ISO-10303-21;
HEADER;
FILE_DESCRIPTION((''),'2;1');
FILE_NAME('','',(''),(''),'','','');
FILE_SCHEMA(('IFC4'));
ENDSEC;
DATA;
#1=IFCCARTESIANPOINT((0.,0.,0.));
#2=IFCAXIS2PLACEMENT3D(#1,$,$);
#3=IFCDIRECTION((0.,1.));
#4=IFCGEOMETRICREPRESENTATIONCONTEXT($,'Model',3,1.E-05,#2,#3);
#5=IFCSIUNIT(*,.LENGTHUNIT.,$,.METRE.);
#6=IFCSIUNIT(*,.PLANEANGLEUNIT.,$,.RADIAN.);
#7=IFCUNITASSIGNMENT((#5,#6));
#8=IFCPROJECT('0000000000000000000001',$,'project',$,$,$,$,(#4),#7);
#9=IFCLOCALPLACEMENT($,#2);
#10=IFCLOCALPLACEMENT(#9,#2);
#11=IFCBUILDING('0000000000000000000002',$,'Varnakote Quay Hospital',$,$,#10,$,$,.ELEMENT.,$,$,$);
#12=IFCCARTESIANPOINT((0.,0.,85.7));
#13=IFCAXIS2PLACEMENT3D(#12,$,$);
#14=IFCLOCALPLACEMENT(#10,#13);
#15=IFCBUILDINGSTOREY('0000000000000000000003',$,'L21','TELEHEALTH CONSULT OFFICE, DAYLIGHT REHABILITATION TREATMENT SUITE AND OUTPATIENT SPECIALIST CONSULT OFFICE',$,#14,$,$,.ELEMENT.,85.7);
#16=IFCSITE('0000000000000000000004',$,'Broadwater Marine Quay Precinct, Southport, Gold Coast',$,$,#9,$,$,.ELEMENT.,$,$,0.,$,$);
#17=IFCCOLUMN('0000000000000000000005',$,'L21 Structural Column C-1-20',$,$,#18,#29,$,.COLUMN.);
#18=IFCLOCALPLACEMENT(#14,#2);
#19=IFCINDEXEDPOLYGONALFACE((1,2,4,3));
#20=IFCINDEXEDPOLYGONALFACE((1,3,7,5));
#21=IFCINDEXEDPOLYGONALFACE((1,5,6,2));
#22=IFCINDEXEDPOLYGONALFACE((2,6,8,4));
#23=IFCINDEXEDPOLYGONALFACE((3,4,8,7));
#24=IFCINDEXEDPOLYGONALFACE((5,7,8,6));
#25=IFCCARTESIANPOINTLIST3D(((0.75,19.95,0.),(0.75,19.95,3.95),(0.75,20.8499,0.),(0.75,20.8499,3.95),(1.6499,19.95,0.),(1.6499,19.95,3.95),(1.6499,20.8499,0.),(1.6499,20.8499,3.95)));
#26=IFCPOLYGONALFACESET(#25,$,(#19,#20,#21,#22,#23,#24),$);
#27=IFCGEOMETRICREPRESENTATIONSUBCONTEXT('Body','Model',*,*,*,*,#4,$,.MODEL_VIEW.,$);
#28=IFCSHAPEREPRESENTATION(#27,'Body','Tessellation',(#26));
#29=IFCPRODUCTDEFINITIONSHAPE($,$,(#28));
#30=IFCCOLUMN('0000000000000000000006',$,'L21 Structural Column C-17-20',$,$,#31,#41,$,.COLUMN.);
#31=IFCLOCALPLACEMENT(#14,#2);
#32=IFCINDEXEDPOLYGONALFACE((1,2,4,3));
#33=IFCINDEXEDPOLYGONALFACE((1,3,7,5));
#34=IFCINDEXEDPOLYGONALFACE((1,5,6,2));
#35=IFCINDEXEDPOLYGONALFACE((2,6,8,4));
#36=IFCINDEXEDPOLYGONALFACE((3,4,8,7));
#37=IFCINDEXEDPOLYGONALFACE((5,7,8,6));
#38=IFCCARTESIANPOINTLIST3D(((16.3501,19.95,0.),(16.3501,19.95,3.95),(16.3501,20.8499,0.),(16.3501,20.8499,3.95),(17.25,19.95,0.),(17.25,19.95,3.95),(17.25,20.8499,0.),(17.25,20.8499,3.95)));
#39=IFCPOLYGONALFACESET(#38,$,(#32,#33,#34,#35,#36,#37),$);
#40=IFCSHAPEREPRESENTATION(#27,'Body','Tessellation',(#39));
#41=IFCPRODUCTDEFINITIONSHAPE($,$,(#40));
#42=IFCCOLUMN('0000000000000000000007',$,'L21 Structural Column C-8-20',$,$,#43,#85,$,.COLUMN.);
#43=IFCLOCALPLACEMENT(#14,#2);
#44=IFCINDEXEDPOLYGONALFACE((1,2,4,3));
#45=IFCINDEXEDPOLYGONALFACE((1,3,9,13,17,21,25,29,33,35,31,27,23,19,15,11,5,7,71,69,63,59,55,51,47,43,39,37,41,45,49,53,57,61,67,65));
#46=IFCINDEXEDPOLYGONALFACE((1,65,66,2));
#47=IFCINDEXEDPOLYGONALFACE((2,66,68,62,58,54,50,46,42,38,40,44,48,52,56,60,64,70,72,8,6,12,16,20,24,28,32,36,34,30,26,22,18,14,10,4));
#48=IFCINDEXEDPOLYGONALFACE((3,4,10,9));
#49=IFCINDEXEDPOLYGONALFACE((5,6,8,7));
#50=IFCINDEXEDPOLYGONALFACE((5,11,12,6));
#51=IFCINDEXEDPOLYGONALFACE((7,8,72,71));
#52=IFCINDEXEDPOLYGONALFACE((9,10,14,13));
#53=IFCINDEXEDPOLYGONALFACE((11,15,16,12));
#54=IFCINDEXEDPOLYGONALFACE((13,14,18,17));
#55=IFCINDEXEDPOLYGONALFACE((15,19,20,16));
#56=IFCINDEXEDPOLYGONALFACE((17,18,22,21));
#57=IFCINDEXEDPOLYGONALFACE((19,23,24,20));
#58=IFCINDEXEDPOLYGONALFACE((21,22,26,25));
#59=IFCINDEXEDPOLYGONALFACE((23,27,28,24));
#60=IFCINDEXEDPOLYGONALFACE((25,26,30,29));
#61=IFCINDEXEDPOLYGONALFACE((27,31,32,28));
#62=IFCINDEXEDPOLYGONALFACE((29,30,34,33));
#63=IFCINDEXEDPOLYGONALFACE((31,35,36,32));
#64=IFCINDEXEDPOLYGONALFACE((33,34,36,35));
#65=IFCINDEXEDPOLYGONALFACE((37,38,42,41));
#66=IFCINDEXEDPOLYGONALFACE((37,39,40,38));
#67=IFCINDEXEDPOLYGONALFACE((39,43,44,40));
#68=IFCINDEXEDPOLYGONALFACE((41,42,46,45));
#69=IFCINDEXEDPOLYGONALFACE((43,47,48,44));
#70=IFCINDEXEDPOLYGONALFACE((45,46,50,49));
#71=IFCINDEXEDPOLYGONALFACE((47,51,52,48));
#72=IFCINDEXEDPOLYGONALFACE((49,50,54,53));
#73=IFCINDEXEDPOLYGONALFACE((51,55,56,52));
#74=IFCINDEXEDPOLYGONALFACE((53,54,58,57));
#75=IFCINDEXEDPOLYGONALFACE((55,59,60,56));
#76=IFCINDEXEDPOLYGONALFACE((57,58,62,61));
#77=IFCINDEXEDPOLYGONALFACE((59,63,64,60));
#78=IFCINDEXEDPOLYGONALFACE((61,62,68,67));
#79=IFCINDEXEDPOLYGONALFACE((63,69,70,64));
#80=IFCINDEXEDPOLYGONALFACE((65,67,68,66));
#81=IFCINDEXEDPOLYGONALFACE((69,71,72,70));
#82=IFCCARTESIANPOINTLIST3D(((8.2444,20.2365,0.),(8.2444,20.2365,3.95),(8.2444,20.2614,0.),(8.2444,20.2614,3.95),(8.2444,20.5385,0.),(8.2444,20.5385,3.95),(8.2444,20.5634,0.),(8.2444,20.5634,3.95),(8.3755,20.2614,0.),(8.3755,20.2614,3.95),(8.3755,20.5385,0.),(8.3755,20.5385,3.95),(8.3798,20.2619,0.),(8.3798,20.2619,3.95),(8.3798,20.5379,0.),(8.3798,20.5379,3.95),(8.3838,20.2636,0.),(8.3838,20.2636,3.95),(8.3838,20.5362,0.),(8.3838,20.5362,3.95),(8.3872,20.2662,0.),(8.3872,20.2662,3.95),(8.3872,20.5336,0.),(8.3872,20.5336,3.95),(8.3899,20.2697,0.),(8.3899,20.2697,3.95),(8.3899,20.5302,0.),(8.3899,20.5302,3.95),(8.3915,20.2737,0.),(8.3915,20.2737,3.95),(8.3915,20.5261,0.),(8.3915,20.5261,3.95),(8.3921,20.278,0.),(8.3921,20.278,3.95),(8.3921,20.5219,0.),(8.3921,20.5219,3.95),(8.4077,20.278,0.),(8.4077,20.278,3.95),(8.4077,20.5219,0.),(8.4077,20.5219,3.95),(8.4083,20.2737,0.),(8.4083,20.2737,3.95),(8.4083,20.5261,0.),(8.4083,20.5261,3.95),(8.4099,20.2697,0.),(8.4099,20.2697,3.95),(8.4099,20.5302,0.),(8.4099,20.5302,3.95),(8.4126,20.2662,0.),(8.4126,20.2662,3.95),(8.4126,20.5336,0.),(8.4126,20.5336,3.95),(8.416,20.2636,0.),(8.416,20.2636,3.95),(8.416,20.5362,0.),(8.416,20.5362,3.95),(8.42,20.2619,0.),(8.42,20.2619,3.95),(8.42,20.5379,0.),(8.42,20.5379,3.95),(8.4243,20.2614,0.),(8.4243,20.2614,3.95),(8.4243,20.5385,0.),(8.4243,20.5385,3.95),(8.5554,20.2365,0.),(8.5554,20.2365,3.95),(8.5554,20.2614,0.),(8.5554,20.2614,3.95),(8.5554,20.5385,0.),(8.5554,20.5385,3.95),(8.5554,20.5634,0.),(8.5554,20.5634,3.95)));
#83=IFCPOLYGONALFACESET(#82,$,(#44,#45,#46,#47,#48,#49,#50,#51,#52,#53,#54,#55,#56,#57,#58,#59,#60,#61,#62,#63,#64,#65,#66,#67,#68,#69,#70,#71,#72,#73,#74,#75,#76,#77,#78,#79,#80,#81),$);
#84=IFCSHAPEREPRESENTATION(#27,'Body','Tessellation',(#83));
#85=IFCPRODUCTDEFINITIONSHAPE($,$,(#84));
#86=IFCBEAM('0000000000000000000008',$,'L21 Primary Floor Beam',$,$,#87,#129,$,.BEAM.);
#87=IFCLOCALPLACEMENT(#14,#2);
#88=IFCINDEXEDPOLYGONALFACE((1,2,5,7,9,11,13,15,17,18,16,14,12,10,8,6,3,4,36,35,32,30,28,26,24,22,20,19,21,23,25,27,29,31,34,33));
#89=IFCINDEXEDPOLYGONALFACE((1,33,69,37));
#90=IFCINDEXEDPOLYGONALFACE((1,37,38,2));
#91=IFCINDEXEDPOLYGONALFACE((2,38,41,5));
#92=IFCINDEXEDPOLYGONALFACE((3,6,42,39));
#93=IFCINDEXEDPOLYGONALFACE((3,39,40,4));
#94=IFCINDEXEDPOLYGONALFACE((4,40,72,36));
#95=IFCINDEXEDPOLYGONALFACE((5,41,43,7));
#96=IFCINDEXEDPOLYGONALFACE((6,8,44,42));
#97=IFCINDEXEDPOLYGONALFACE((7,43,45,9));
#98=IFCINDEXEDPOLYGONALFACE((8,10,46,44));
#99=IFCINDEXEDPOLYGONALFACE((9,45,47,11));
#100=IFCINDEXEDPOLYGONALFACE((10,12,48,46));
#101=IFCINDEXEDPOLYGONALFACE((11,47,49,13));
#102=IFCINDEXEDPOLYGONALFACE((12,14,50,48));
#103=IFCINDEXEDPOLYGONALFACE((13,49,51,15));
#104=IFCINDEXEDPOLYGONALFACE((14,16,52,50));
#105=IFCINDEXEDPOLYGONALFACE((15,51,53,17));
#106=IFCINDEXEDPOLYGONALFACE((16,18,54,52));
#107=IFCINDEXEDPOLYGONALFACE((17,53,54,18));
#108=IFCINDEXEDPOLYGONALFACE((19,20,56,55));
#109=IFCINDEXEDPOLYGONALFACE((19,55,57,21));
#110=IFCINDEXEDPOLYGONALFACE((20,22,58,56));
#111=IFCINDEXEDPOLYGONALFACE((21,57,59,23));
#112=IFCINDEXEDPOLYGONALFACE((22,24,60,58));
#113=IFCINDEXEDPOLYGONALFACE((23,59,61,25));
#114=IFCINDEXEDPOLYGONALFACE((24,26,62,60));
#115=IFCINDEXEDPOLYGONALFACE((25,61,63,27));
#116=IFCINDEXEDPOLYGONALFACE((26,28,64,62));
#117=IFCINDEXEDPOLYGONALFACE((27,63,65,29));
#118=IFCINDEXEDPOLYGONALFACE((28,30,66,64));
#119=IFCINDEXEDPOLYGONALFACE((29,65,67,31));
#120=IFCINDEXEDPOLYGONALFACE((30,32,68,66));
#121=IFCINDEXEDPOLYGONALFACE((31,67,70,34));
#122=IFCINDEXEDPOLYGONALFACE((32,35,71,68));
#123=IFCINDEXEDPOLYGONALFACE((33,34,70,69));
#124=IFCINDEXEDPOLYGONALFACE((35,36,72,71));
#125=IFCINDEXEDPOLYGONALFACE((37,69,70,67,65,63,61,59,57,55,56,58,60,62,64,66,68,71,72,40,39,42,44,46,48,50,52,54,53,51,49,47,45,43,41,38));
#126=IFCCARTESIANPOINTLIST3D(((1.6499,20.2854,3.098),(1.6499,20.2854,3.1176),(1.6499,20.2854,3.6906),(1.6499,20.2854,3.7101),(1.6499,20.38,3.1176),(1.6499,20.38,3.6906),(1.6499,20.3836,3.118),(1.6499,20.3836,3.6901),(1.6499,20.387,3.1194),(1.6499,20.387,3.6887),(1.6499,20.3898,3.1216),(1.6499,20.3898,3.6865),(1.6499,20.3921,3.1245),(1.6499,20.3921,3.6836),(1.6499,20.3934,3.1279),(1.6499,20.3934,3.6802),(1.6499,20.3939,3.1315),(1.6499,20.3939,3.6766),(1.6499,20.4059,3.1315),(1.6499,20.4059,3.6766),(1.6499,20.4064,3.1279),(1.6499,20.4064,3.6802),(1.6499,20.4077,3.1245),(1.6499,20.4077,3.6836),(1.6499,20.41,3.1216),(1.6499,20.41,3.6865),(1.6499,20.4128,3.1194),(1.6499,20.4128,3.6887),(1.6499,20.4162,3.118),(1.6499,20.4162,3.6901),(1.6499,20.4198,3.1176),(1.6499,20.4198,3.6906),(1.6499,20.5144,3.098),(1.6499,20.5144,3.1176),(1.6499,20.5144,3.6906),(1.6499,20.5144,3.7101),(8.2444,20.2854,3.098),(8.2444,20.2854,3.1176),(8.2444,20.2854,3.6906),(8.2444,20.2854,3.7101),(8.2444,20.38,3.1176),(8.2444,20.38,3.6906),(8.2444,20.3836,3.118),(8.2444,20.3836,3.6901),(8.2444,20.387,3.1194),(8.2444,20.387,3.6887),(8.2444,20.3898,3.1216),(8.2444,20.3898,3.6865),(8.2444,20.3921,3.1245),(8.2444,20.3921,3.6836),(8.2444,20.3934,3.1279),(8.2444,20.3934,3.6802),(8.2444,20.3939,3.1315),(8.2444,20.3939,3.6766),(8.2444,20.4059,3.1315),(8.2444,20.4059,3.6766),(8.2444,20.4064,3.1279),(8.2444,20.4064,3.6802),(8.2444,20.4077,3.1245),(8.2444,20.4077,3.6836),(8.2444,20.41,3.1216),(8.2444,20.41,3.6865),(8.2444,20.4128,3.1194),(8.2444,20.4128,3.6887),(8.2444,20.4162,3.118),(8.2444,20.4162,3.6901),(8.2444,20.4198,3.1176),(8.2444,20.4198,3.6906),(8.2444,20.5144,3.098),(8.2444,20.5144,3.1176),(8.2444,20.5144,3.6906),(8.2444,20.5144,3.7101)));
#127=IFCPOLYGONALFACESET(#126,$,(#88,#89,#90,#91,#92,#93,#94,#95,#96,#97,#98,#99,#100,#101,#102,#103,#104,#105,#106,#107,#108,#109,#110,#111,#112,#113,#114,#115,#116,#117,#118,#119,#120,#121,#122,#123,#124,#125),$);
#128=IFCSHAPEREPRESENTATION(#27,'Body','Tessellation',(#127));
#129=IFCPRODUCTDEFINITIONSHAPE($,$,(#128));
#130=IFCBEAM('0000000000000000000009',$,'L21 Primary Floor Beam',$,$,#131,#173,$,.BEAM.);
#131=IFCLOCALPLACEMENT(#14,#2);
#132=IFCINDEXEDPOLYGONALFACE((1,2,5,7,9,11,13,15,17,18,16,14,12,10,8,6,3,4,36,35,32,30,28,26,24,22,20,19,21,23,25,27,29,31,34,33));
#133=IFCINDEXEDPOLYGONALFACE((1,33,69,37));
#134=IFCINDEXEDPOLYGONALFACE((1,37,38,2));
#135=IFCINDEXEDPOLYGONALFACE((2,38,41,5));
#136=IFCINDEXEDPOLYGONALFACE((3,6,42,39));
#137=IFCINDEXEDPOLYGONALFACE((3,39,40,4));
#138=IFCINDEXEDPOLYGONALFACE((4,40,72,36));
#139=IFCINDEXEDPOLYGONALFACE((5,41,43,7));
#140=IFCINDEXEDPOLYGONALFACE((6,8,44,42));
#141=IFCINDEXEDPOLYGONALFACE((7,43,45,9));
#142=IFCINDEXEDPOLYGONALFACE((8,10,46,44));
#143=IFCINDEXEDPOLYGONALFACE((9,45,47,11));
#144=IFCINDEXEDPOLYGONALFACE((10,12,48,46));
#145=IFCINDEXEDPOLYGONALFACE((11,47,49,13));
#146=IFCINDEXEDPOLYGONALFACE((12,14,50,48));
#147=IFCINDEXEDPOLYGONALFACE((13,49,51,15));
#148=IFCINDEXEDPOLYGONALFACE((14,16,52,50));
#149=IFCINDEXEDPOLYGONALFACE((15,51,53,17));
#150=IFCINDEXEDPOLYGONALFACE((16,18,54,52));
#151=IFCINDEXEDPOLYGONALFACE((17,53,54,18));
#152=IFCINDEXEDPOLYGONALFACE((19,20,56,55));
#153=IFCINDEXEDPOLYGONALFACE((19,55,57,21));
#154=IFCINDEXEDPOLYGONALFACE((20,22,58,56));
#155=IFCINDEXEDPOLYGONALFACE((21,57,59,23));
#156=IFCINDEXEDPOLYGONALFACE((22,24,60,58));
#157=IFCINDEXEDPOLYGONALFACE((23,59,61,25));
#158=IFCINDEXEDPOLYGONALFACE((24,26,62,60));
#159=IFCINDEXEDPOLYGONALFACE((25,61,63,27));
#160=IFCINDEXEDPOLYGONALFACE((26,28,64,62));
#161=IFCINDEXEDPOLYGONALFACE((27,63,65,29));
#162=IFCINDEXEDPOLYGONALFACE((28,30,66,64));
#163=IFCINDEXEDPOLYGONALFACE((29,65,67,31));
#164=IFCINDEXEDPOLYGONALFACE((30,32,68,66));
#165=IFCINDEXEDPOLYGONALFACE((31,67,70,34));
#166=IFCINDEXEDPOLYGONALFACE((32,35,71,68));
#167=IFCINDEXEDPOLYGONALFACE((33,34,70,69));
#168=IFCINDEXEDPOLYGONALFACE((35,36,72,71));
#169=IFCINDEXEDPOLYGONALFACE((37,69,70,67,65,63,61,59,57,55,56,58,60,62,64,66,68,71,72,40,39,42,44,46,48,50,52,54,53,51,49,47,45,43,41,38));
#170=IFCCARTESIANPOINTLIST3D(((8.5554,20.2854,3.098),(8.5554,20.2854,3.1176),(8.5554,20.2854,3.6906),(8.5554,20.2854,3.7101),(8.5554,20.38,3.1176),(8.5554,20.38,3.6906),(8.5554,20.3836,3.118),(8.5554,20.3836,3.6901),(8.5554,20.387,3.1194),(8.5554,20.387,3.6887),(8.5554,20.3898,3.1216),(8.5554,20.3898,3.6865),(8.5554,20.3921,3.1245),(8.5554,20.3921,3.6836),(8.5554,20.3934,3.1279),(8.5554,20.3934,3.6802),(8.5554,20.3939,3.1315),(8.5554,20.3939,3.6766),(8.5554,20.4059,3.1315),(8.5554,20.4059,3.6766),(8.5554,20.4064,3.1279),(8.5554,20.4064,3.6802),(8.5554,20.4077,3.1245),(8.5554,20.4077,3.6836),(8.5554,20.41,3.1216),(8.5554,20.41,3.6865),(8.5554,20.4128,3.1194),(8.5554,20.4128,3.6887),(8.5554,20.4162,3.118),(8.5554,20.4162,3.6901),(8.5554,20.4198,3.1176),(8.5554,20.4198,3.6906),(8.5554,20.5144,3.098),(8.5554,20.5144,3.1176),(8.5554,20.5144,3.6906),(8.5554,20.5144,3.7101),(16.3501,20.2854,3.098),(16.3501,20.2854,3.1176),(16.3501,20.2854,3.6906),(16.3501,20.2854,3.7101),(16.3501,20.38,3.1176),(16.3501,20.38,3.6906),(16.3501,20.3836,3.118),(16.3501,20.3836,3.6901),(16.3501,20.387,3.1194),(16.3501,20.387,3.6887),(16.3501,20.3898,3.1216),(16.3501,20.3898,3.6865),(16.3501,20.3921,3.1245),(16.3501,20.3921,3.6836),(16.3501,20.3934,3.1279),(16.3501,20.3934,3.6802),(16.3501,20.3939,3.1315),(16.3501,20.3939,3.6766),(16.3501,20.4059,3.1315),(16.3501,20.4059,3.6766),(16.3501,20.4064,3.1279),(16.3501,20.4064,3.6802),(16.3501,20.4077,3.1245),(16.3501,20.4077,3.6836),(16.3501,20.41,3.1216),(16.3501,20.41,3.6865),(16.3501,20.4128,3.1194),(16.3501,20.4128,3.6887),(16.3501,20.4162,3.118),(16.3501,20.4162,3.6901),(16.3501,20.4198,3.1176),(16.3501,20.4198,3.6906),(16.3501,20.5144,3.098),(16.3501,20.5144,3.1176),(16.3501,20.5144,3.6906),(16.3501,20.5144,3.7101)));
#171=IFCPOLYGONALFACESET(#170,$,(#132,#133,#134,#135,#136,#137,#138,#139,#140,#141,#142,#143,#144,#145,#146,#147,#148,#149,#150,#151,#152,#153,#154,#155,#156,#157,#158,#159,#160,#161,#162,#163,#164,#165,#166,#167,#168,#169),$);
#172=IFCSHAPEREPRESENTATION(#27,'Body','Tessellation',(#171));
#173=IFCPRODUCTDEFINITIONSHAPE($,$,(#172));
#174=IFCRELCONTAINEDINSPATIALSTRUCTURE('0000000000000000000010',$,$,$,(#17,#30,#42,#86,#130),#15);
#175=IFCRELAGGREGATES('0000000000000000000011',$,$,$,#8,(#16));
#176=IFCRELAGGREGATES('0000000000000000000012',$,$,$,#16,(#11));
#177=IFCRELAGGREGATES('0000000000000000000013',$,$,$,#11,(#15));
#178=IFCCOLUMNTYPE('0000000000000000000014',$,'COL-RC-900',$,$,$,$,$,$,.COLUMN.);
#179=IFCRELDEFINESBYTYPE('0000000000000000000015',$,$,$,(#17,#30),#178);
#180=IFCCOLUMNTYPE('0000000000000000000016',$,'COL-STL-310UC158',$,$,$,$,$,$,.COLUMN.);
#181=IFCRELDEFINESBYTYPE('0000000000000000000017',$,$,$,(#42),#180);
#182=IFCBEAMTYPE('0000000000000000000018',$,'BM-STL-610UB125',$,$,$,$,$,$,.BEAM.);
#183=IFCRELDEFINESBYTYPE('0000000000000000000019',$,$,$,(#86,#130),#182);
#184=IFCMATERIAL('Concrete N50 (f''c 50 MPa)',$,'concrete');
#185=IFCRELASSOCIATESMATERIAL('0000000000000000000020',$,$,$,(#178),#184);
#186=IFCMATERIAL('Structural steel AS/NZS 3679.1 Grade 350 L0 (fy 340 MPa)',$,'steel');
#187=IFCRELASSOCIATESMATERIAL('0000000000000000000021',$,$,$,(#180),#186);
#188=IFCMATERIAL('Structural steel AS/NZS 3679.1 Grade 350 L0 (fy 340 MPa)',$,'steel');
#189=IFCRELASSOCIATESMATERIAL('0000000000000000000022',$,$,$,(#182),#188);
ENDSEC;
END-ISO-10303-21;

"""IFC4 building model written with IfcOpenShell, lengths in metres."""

from ifc_helpers import new_model, si_unit, direction, frame, origin, origin_2d, place, context, subcontext, project, spatial, rectangle, i_section, extrude, material, material_profile, profile_set, type_object, element, save


model = new_model("IFC4")

# Units and contexts
model_context = context("Model", 3, precision=1e-05, world=origin(), true_north=direction((0.0, 1.0)))
body_context = subcontext(model_context, "Body", "Model", "MODEL_VIEW")
ifc_project = project(units=[si_unit("LENGTHUNIT", "METRE"), si_unit("PLANEANGLEUNIT", "RADIAN")], contexts=[model_context])

# Site, building, storey
site_placement = place(None, origin())
site = spatial("IfcSite", under=ifc_project, at=site_placement, Name="Broadwater Marine Quay Precinct, Southport, Gold Coast", CompositionType="ELEMENT", RefElevation=0.0)
building_placement = place(site_placement, origin())
building = spatial("IfcBuilding", under=site, at=building_placement, Name="Varnakote Quay Hospital", CompositionType="ELEMENT")
storey_placement = place(building_placement, frame((0.0, 0.0, 85.7)))
storey = spatial("IfcBuildingStorey", under=building, at=storey_placement, Name="L21", Description="TELEHEALTH CONSULT OFFICE, DAYLIGHT REHABILITATION TREATMENT SUITE AND OUTPATIENT SPECIALIST CONSULT OFFICE", CompositionType="ELEMENT", Elevation=85.7)

# Columns
ifc_material_1 = material(Name="Concrete N50 (f'c 50 MPa)", Category="concrete")
ifc_material_profile_1 = material_profile(ifc_material_1, rectangle(XDim=0.8999, YDim=0.8999, at=origin_2d()), Name="RC-COL-900x900")
ifc_profile_set_1 = profile_set([ifc_material_profile_1], Name="Concrete N50 (f'c 50 MPa)")
column_type_1 = type_object("IfcColumnType", Name="COL-RC-900", PredefinedType="COLUMN", material=ifc_profile_set_1)
for number, where, z_axis, x_axis, name in (
    (1, (1.2, 20.3999, 0.0), (0.0, 0.0, 1.0), (1.0, 0.0, 0.0), "L21 Structural Column C-1-20"),
    (2, (16.8, 20.3999, 0.0), (0.0, 0.0, 1.0), (1.0, 0.0, 0.0), "L21 Structural Column C-17-20"),
):
    element("IfcColumn", number, at=place(storey_placement, frame(where, z_axis=z_axis, x_axis=x_axis)), inside=storey, type_object=column_type_1, Name=name, PredefinedType="COLUMN", context=body_context, shape_type="SweptSolid", body=[
        extrude(rectangle(XDim=0.8999, YDim=0.8999, at=origin_2d()), origin(), (0.0, 0.0, 1.0), 3.95),
    ])
ifc_material_2 = material(Name="Structural steel AS/NZS 3679.1 Grade 350 L0 (fy 340 MPa)", Category="steel")
ifc_material_profile_2 = material_profile(ifc_material_2, i_section(OverallWidth=0.311, OverallDepth=0.3269, WebThickness=0.0156, FlangeThickness=0.0249, FilletRadius=0.0166, at=origin_2d()), Name="310UC158")
ifc_profile_set_2 = profile_set([ifc_material_profile_2], Name="Structural steel AS/NZS 3679.1 Grade 350 L0 (fy 340 MPa)")
column_type_2 = type_object("IfcColumnType", Name="COL-STL-310UC158", PredefinedType="COLUMN", material=ifc_profile_set_2)
column_placement = place(storey_placement, frame((8.3999, 20.3999, 0.0), z_axis=(0.0, 0.0, 1.0), x_axis=(1.0, 0.0, 0.0)))
element("IfcColumn", 3, at=column_placement, inside=storey, type_object=column_type_2, Name="L21 Structural Column C-8-20", PredefinedType="COLUMN", context=body_context, shape_type="SweptSolid", body=[
    extrude(i_section(OverallWidth=0.311, OverallDepth=0.3269, WebThickness=0.0156, FlangeThickness=0.0249, FilletRadius=0.0166, at=origin_2d()), origin(), (0.0, 0.0, 1.0), 3.95),
])

# Beams
ifc_material_3 = material(Name="Structural steel AS/NZS 3679.1 Grade 350 L0 (fy 340 MPa)", Category="steel")
ifc_material_profile_3 = material_profile(ifc_material_3, i_section(OverallWidth=0.229, OverallDepth=0.6121, WebThickness=0.012, FlangeThickness=0.0195, FilletRadius=0.0139, at=origin_2d()), Name="610UB125")
ifc_profile_set_3 = profile_set([ifc_material_profile_3], Name="Structural steel AS/NZS 3679.1 Grade 350 L0 (fy 340 MPa)")
beam_type_1 = type_object("IfcBeamType", Name="BM-STL-610UB125", PredefinedType="BEAM", material=ifc_profile_set_3)
beam_1_placement = place(storey_placement, frame((1.6499, 20.3999, 3.4041), z_axis=(1.0, 0.0, 0.0), x_axis=(0.0, 1.0, 0.0)))
element("IfcBeam", 4, at=beam_1_placement, inside=storey, type_object=beam_type_1, Name="L21 Primary Floor Beam", PredefinedType="BEAM", context=body_context, shape_type="SweptSolid", body=[
    extrude(i_section(OverallWidth=0.229, OverallDepth=0.6121, WebThickness=0.012, FlangeThickness=0.0195, FilletRadius=0.0139, at=origin_2d()), origin(), (0.0, 0.0, 1.0), 6.5945),
])
beam_2_placement = place(storey_placement, frame((8.5554, 20.3999, 3.4041), z_axis=(1.0, 0.0, 0.0), x_axis=(0.0, 1.0, 0.0)))
element("IfcBeam", 5, at=beam_2_placement, inside=storey, type_object=beam_type_1, Name="L21 Primary Floor Beam", PredefinedType="BEAM", context=body_context, shape_type="SweptSolid", body=[
    extrude(i_section(OverallWidth=0.229, OverallDepth=0.6121, WebThickness=0.012, FlangeThickness=0.0195, FilletRadius=0.0139, at=origin_2d()), origin(), (0.0, 0.0, 1.0), 7.7947),
])

save(model, "model.ifc")
